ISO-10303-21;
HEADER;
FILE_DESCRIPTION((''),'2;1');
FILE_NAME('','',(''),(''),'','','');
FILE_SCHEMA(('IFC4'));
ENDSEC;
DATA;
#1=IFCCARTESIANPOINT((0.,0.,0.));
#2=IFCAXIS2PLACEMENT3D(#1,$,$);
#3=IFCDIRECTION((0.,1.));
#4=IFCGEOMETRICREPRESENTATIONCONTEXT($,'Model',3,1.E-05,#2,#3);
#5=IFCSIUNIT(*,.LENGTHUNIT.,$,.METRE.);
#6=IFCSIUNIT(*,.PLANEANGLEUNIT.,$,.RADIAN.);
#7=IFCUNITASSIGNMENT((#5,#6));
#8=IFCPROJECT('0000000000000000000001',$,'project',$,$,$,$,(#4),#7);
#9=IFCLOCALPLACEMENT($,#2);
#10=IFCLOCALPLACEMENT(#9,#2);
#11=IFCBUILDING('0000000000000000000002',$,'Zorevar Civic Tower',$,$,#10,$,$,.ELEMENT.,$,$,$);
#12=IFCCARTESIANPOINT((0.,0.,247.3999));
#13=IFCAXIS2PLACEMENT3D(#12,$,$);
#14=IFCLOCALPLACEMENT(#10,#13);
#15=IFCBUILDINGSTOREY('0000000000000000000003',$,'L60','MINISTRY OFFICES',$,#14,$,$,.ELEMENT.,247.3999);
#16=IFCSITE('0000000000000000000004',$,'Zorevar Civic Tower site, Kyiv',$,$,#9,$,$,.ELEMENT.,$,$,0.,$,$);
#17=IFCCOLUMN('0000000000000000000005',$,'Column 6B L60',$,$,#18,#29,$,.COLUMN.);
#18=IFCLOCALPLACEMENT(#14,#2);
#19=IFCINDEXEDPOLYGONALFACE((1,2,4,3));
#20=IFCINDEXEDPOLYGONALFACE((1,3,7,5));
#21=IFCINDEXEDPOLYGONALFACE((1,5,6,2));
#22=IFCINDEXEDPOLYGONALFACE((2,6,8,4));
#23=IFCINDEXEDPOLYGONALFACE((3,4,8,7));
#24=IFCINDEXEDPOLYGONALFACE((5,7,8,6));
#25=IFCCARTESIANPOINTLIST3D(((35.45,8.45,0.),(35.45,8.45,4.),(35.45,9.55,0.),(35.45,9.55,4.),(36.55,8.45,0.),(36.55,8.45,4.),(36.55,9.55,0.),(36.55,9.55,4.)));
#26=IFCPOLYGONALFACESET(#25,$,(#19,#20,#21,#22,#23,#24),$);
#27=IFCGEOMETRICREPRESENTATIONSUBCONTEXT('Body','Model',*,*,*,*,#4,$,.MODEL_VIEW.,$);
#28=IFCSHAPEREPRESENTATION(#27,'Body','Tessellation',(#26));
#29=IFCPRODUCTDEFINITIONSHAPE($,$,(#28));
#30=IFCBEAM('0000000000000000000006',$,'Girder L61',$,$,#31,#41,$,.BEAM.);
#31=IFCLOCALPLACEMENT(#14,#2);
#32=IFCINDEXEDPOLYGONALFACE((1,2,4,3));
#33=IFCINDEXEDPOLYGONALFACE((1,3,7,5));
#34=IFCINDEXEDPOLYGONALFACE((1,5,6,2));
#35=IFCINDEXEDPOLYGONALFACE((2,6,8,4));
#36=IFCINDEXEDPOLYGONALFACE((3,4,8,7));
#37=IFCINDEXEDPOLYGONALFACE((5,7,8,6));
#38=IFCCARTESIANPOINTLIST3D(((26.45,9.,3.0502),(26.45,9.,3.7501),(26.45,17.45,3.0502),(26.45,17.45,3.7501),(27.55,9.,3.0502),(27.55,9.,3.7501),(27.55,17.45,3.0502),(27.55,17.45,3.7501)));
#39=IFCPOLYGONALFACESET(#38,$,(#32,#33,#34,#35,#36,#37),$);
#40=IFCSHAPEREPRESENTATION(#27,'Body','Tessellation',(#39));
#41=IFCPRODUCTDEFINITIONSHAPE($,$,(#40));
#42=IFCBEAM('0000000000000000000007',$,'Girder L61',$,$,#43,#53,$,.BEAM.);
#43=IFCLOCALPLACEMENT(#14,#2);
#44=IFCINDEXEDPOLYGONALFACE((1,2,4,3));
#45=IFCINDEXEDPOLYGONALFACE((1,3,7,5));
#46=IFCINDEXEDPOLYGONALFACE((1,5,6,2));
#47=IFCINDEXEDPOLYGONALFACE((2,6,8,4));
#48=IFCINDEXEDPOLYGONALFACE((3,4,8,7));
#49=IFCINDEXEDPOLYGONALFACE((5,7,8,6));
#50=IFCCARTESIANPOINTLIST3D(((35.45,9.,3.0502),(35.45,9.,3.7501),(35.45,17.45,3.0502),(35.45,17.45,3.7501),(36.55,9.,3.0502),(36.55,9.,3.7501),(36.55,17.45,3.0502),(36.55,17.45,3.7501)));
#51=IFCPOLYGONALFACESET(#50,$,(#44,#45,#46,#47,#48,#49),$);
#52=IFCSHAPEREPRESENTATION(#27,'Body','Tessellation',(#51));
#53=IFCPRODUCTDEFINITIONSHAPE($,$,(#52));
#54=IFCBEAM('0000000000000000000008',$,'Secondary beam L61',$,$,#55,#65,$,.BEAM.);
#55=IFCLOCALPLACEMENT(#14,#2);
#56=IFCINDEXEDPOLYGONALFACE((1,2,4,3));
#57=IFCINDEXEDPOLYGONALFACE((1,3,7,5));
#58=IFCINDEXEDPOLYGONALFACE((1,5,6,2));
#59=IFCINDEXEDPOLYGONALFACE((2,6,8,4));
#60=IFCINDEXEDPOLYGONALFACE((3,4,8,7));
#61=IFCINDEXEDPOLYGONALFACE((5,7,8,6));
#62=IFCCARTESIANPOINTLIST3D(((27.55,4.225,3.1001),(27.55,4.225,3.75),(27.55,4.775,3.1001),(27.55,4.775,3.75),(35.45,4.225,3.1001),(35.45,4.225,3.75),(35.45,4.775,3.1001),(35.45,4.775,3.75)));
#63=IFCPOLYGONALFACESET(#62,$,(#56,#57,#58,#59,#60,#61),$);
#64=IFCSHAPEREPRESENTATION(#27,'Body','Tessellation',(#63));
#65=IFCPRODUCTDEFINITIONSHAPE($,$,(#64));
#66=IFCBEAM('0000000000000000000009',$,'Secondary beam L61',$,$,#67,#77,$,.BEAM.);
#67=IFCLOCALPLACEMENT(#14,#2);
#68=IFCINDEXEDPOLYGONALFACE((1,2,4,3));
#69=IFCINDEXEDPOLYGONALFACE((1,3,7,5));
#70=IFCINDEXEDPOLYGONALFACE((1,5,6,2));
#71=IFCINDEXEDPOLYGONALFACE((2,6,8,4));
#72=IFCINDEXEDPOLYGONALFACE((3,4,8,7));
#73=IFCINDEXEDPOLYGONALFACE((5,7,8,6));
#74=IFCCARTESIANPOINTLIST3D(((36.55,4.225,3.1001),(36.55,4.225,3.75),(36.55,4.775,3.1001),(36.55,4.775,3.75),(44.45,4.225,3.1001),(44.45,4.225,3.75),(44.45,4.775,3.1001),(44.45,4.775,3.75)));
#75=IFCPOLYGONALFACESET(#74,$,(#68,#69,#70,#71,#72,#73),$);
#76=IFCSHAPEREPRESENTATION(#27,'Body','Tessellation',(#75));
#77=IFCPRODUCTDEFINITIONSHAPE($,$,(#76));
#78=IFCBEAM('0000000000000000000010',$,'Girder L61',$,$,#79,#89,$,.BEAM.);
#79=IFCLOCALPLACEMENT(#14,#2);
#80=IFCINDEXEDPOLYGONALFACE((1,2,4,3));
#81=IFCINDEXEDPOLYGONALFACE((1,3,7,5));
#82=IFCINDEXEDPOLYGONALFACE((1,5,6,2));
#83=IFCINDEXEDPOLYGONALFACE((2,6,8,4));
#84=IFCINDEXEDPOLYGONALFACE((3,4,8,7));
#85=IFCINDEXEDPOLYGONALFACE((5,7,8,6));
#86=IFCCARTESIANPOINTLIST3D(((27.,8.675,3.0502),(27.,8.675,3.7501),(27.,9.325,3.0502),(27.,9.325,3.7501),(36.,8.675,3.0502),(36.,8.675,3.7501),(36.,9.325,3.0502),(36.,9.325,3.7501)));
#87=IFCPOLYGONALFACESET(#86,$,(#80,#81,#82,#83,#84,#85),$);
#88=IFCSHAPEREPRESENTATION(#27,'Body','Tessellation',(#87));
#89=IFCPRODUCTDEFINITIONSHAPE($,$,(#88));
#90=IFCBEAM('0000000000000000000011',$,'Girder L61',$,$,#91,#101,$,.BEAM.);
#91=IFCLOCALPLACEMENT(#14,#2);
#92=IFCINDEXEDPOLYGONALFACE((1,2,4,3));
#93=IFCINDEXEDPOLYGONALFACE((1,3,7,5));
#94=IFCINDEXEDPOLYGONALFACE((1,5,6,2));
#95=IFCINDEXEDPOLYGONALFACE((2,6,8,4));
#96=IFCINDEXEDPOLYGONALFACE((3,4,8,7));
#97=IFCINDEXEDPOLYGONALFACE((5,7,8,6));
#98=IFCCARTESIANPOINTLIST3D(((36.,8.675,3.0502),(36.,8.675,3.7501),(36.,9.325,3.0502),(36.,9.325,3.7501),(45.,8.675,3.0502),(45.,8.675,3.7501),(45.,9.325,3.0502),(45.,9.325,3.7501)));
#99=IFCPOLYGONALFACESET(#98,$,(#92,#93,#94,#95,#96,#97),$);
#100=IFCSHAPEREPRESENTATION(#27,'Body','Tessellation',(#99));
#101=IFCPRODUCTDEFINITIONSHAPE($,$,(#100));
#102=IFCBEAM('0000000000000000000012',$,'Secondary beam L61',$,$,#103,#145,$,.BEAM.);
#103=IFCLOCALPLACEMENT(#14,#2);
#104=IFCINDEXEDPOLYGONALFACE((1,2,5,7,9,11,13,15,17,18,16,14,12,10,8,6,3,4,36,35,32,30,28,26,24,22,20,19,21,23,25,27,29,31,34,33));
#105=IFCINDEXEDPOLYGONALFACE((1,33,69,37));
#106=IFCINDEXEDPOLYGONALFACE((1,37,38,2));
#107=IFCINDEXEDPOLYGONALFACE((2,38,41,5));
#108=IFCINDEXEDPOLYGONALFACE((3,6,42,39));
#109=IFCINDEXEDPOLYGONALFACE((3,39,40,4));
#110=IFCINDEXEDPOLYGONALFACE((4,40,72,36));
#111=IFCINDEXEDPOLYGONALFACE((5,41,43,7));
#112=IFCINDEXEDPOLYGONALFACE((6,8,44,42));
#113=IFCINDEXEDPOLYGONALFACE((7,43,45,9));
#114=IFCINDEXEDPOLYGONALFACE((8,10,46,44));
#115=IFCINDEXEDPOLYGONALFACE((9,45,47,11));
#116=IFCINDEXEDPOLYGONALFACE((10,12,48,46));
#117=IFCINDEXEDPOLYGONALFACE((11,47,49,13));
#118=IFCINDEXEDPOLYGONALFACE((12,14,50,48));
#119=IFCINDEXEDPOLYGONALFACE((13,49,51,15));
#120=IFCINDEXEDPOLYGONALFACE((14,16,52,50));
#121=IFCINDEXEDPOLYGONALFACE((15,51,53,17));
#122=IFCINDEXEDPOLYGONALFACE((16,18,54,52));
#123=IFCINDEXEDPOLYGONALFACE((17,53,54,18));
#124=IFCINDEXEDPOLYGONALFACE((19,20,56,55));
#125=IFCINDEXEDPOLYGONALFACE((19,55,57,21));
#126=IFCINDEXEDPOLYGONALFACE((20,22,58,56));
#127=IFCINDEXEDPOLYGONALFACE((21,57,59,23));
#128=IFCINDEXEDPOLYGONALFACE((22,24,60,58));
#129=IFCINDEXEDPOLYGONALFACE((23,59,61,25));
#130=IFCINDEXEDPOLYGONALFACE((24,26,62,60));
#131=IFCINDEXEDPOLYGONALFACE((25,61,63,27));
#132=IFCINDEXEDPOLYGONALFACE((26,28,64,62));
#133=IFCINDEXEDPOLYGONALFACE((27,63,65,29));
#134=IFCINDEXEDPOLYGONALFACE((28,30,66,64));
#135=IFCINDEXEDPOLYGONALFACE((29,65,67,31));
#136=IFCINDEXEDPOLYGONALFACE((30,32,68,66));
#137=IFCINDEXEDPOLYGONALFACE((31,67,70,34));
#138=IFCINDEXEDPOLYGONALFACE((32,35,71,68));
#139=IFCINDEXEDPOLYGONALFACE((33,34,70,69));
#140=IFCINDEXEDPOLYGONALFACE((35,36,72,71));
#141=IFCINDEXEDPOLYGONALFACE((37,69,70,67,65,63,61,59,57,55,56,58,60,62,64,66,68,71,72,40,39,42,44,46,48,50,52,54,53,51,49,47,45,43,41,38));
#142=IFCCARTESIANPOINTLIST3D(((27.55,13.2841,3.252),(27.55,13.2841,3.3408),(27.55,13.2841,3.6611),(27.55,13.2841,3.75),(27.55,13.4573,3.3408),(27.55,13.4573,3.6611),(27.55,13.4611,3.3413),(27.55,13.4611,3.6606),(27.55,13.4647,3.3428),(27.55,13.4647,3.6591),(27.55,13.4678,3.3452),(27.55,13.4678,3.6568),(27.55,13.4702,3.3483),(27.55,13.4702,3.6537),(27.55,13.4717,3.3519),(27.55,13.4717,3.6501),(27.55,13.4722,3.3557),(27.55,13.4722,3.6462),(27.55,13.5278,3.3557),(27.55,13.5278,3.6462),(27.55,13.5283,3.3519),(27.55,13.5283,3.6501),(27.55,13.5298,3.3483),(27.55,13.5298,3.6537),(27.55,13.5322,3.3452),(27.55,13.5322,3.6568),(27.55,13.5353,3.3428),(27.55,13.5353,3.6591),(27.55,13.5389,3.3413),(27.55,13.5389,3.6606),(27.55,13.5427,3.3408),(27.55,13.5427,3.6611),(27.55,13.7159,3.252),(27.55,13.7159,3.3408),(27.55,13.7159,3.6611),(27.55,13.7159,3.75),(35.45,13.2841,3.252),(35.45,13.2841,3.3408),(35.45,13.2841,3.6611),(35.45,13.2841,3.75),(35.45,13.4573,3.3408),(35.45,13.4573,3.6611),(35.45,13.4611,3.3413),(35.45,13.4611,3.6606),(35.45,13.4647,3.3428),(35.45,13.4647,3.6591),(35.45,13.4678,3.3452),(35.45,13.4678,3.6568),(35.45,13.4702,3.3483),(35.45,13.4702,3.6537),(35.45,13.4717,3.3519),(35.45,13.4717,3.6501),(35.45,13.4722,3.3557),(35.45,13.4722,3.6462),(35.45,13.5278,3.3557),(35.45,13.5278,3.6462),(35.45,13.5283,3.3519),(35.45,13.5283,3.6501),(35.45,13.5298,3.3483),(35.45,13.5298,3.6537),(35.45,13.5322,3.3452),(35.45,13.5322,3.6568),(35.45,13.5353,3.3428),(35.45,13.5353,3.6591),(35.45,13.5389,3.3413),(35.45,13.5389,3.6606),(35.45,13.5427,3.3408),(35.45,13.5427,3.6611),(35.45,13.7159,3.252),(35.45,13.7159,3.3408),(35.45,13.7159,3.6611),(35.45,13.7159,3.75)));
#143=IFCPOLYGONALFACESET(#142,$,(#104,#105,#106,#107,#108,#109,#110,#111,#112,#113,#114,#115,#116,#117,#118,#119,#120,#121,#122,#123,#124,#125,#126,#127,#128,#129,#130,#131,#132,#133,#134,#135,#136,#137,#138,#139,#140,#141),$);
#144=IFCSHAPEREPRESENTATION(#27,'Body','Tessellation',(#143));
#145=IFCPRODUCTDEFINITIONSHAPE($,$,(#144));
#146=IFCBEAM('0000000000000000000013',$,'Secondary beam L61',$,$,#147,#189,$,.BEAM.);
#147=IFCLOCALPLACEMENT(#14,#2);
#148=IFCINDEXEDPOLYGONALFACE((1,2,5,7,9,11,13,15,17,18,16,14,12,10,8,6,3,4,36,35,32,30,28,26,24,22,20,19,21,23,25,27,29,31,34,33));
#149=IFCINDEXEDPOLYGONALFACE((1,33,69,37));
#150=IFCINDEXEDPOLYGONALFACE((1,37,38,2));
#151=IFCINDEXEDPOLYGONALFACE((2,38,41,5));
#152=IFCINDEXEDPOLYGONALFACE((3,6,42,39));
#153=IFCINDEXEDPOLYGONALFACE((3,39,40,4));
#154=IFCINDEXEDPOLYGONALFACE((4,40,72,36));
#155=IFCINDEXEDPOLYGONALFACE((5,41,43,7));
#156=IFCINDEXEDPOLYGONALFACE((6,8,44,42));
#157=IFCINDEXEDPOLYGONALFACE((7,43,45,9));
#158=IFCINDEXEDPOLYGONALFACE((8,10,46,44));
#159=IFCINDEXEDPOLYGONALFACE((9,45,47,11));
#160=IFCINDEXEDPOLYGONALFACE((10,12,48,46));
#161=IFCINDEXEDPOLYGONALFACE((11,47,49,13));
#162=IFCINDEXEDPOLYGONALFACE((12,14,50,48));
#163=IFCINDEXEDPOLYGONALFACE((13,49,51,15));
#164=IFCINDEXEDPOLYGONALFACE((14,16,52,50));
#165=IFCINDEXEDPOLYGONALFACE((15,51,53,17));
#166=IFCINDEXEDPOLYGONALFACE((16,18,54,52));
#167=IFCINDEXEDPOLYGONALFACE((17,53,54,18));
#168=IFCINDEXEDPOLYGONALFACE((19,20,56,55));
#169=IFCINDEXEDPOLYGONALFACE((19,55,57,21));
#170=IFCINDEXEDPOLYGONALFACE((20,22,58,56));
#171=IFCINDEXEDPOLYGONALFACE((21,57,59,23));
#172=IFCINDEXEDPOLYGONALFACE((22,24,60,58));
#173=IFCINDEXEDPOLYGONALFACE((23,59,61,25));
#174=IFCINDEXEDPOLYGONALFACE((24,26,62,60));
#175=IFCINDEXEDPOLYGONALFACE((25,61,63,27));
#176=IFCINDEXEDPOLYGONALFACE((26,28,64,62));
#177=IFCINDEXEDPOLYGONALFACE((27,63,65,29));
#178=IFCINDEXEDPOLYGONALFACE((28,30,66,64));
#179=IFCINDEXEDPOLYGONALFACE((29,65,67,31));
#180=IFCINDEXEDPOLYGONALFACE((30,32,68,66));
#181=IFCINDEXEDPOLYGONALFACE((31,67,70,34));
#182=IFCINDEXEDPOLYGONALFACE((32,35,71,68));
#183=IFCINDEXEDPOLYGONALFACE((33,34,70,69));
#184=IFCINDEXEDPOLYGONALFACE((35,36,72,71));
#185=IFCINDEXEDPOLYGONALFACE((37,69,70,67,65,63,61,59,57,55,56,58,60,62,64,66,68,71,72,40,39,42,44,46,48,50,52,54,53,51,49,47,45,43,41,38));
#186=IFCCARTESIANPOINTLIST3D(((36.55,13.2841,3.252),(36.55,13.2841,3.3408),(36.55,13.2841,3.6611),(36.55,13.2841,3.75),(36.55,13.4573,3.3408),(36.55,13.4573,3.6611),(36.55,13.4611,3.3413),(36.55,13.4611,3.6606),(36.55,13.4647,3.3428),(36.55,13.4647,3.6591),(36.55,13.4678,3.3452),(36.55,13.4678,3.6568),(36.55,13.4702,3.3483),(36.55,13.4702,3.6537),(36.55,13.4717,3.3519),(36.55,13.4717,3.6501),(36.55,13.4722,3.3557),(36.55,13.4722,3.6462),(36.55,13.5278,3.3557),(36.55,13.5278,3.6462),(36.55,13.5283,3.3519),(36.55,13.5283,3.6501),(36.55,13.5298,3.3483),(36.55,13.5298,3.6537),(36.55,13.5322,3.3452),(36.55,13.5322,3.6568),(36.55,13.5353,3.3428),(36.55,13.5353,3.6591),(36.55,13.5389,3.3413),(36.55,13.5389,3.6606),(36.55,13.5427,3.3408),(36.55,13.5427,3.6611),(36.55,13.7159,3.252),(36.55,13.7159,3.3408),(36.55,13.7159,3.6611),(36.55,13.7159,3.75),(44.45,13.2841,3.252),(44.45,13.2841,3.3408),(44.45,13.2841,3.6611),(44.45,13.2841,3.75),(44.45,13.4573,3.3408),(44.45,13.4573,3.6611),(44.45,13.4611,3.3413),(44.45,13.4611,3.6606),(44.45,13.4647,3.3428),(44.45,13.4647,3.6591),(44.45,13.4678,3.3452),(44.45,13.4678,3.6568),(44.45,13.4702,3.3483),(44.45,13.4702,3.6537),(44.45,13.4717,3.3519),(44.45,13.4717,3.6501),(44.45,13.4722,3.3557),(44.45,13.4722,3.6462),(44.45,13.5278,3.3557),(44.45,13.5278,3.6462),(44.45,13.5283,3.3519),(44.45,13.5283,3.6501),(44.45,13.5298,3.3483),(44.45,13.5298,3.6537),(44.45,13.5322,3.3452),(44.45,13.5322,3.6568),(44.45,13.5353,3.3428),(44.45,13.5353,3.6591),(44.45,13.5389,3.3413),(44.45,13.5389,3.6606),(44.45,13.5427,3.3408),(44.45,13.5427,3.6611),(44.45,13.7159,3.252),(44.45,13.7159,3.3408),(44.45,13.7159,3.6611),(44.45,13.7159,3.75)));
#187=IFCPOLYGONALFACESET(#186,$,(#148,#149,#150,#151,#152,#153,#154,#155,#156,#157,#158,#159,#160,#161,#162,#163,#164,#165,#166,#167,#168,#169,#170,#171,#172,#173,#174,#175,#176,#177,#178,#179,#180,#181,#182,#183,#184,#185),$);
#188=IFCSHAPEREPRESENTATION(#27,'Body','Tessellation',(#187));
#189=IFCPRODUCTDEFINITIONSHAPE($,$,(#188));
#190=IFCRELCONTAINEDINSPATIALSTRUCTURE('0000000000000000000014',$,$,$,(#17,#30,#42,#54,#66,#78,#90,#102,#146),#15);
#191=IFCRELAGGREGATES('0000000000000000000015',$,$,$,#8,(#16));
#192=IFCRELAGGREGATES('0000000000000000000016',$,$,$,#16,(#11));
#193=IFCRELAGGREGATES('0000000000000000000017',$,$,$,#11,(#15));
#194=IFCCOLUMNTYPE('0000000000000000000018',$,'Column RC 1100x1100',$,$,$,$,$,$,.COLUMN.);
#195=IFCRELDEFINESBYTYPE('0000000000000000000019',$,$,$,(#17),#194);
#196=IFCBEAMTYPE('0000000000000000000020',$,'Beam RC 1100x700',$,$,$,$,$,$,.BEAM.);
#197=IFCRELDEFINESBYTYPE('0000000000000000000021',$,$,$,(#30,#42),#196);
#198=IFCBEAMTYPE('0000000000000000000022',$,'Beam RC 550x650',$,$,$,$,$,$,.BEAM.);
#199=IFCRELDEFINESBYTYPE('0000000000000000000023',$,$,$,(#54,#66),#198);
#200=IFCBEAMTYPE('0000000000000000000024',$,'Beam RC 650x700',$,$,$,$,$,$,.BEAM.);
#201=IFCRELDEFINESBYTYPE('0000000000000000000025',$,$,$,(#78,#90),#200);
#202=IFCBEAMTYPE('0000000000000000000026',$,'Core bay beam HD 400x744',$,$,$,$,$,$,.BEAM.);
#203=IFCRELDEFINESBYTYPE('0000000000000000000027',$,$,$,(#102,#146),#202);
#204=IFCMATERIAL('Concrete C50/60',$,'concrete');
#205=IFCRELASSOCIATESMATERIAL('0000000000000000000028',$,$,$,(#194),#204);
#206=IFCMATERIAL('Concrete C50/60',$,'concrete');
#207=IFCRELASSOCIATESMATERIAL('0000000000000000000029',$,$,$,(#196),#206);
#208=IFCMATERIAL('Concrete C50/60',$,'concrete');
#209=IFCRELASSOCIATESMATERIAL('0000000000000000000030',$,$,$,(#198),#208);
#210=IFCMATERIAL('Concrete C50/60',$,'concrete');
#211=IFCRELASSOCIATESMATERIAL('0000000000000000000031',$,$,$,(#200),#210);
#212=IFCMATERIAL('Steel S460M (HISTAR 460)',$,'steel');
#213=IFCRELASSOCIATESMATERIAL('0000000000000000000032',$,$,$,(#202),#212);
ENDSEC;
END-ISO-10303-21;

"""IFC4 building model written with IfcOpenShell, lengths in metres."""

from ifc_helpers import new_model, si_unit, direction, frame, origin, origin_2d, place, context, subcontext, project, spatial, rectangle, i_section, extrude, material, material_profile, profile_set, type_object, element, save


model = new_model("IFC4")

# Units and contexts
model_context = context("Model", 3, precision=1e-05, world=origin(), true_north=direction((0.0, 1.0)))
body_context = subcontext(model_context, "Body", "Model", "MODEL_VIEW")
ifc_project = project(units=[si_unit("LENGTHUNIT", "METRE"), si_unit("PLANEANGLEUNIT", "RADIAN")], contexts=[model_context])

# Site, building, storey
site_placement = place(None, origin())
site = spatial("IfcSite", under=ifc_project, at=site_placement, Name="Zorevar Civic Tower site, Kyiv", CompositionType="ELEMENT", RefElevation=0.0)
building_placement = place(site_placement, origin())
building = spatial("IfcBuilding", under=site, at=building_placement, Name="Zorevar Civic Tower", CompositionType="ELEMENT")
storey_placement = place(building_placement, frame((0.0, 0.0, 247.3999)))
storey = spatial("IfcBuildingStorey", under=building, at=storey_placement, Name="L60", Description="MINISTRY OFFICES", CompositionType="ELEMENT", Elevation=247.3999)

# Column
ifc_material_1 = material(Name="Concrete C50/60", Category="concrete")
ifc_material_profile_1 = material_profile(ifc_material_1, rectangle(XDim=1.1001, YDim=1.1001, at=origin_2d()), Name="RC 1100x1100")
ifc_profile_set_1 = profile_set([ifc_material_profile_1], Name="Concrete C50/60")
column_type = type_object("IfcColumnType", Name="Column RC 1100x1100", PredefinedType="COLUMN", material=ifc_profile_set_1)
column_placement = place(storey_placement, frame((36.0, 9.0, 0.0), z_axis=(0.0, 0.0, 1.0), x_axis=(1.0, 0.0, 0.0)))
element("IfcColumn", 1, at=column_placement, inside=storey, type_object=column_type, Name="Column 6B L60", PredefinedType="COLUMN", context=body_context, shape_type="SweptSolid", body=[
    extrude(rectangle(XDim=1.1001, YDim=1.1001, at=origin_2d()), origin(), (0.0, 0.0, 1.0), 4.0),
])

# Beams
ifc_material_2 = material(Name="Concrete C50/60", Category="concrete")
ifc_material_profile_2 = material_profile(ifc_material_2, rectangle(XDim=1.1001, YDim=0.7, at=origin_2d()), Name="RC 1100x700")
ifc_profile_set_2 = profile_set([ifc_material_profile_2], Name="Concrete C50/60")
beam_type_1 = type_object("IfcBeamType", Name="Beam RC 1100x700", PredefinedType="BEAM", material=ifc_profile_set_2)
for number, where, z_axis, x_axis, name in (
    (2, (27.0, 9.0, 3.4001), (0.0, 1.0, 0.0), (-1.0, 0.0, 0.0), "Girder L61"),
    (3, (36.0, 9.0, 3.4001), (0.0, 1.0, 0.0), (-1.0, 0.0, 0.0), "Girder L61"),
):
    element("IfcBeam", number, at=place(storey_placement, frame(where, z_axis=z_axis, x_axis=x_axis)), inside=storey, type_object=beam_type_1, Name=name, PredefinedType="BEAM", context=body_context, shape_type="SweptSolid", body=[
        extrude(rectangle(XDim=1.1001, YDim=0.7, at=origin_2d()), origin(), (0.0, 0.0, 1.0), 8.45),
    ])
ifc_material_3 = material(Name="Concrete C50/60", Category="concrete")
ifc_material_profile_3 = material_profile(ifc_material_3, rectangle(XDim=0.55, YDim=0.6499, at=origin_2d()), Name="RC 550x650")
ifc_profile_set_3 = profile_set([ifc_material_profile_3], Name="Concrete C50/60")
beam_type_2 = type_object("IfcBeamType", Name="Beam RC 550x650", PredefinedType="BEAM", material=ifc_profile_set_3)
for number, where, z_axis, x_axis, name in (
    (4, (27.55, 4.5, 3.425), (1.0, 0.0, 0.0), (0.0, 1.0, 0.0), "Secondary beam L61"),
    (5, (36.55, 4.5, 3.425), (1.0, 0.0, 0.0), (0.0, 1.0, 0.0), "Secondary beam L61"),
):
    element("IfcBeam", number, at=place(storey_placement, frame(where, z_axis=z_axis, x_axis=x_axis)), inside=storey, type_object=beam_type_2, Name=name, PredefinedType="BEAM", context=body_context, shape_type="SweptSolid", body=[
        extrude(rectangle(XDim=0.55, YDim=0.6499, at=origin_2d()), origin(), (0.0, 0.0, 1.0), 7.8999),
    ])
ifc_material_4 = material(Name="Concrete C50/60", Category="concrete")
ifc_material_profile_4 = material_profile(ifc_material_4, rectangle(XDim=0.6499, YDim=0.7, at=origin_2d()), Name="RC 650x700")
ifc_profile_set_4 = profile_set([ifc_material_profile_4], Name="Concrete C50/60")
beam_type_3 = type_object("IfcBeamType", Name="Beam RC 650x700", PredefinedType="BEAM", material=ifc_profile_set_4)
for number, where, z_axis, x_axis, name in (
    (6, (27.0, 9.0, 3.4001), (1.0, 0.0, 0.0), (0.0, 1.0, 0.0), "Girder L61"),
    (7, (36.0, 9.0, 3.4001), (1.0, 0.0, 0.0), (0.0, 1.0, 0.0), "Girder L61"),
):
    element("IfcBeam", number, at=place(storey_placement, frame(where, z_axis=z_axis, x_axis=x_axis)), inside=storey, type_object=beam_type_3, Name=name, PredefinedType="BEAM", context=body_context, shape_type="SweptSolid", body=[
        extrude(rectangle(XDim=0.6499, YDim=0.7, at=origin_2d()), origin(), (0.0, 0.0, 1.0), 9.0),
    ])
ifc_material_5 = material(Name="Steel S460M (HISTAR 460)", Category="steel")
ifc_material_profile_5 = material_profile(ifc_material_5, i_section(OverallWidth=0.4319, OverallDepth=0.498, WebThickness=0.0557, FlangeThickness=0.0889, FilletRadius=0.0149, at=origin_2d()), Name="HD 400x744")
ifc_profile_set_5 = profile_set([ifc_material_profile_5], Name="Steel S460M (HISTAR 460)")
beam_type_4 = type_object("IfcBeamType", Name="Core bay beam HD 400x744", PredefinedType="BEAM", material=ifc_profile_set_5)
for number, where, z_axis, x_axis, name in (
    (8, (27.55, 13.5, 3.501), (1.0, 0.0, 0.0), (0.0, 1.0, 0.0), "Secondary beam L61"),
    (9, (36.55, 13.5, 3.501), (1.0, 0.0, 0.0), (0.0, 1.0, 0.0), "Secondary beam L61"),
):
    element("IfcBeam", number, at=place(storey_placement, frame(where, z_axis=z_axis, x_axis=x_axis)), inside=storey, type_object=beam_type_4, Name=name, PredefinedType="BEAM", context=body_context, shape_type="SweptSolid", body=[
        extrude(i_section(OverallWidth=0.4319, OverallDepth=0.498, WebThickness=0.0557, FlangeThickness=0.0889, FilletRadius=0.0149, at=origin_2d()), origin(), (0.0, 0.0, 1.0), 7.8999),
    ])

save(model, "model.ifc")
